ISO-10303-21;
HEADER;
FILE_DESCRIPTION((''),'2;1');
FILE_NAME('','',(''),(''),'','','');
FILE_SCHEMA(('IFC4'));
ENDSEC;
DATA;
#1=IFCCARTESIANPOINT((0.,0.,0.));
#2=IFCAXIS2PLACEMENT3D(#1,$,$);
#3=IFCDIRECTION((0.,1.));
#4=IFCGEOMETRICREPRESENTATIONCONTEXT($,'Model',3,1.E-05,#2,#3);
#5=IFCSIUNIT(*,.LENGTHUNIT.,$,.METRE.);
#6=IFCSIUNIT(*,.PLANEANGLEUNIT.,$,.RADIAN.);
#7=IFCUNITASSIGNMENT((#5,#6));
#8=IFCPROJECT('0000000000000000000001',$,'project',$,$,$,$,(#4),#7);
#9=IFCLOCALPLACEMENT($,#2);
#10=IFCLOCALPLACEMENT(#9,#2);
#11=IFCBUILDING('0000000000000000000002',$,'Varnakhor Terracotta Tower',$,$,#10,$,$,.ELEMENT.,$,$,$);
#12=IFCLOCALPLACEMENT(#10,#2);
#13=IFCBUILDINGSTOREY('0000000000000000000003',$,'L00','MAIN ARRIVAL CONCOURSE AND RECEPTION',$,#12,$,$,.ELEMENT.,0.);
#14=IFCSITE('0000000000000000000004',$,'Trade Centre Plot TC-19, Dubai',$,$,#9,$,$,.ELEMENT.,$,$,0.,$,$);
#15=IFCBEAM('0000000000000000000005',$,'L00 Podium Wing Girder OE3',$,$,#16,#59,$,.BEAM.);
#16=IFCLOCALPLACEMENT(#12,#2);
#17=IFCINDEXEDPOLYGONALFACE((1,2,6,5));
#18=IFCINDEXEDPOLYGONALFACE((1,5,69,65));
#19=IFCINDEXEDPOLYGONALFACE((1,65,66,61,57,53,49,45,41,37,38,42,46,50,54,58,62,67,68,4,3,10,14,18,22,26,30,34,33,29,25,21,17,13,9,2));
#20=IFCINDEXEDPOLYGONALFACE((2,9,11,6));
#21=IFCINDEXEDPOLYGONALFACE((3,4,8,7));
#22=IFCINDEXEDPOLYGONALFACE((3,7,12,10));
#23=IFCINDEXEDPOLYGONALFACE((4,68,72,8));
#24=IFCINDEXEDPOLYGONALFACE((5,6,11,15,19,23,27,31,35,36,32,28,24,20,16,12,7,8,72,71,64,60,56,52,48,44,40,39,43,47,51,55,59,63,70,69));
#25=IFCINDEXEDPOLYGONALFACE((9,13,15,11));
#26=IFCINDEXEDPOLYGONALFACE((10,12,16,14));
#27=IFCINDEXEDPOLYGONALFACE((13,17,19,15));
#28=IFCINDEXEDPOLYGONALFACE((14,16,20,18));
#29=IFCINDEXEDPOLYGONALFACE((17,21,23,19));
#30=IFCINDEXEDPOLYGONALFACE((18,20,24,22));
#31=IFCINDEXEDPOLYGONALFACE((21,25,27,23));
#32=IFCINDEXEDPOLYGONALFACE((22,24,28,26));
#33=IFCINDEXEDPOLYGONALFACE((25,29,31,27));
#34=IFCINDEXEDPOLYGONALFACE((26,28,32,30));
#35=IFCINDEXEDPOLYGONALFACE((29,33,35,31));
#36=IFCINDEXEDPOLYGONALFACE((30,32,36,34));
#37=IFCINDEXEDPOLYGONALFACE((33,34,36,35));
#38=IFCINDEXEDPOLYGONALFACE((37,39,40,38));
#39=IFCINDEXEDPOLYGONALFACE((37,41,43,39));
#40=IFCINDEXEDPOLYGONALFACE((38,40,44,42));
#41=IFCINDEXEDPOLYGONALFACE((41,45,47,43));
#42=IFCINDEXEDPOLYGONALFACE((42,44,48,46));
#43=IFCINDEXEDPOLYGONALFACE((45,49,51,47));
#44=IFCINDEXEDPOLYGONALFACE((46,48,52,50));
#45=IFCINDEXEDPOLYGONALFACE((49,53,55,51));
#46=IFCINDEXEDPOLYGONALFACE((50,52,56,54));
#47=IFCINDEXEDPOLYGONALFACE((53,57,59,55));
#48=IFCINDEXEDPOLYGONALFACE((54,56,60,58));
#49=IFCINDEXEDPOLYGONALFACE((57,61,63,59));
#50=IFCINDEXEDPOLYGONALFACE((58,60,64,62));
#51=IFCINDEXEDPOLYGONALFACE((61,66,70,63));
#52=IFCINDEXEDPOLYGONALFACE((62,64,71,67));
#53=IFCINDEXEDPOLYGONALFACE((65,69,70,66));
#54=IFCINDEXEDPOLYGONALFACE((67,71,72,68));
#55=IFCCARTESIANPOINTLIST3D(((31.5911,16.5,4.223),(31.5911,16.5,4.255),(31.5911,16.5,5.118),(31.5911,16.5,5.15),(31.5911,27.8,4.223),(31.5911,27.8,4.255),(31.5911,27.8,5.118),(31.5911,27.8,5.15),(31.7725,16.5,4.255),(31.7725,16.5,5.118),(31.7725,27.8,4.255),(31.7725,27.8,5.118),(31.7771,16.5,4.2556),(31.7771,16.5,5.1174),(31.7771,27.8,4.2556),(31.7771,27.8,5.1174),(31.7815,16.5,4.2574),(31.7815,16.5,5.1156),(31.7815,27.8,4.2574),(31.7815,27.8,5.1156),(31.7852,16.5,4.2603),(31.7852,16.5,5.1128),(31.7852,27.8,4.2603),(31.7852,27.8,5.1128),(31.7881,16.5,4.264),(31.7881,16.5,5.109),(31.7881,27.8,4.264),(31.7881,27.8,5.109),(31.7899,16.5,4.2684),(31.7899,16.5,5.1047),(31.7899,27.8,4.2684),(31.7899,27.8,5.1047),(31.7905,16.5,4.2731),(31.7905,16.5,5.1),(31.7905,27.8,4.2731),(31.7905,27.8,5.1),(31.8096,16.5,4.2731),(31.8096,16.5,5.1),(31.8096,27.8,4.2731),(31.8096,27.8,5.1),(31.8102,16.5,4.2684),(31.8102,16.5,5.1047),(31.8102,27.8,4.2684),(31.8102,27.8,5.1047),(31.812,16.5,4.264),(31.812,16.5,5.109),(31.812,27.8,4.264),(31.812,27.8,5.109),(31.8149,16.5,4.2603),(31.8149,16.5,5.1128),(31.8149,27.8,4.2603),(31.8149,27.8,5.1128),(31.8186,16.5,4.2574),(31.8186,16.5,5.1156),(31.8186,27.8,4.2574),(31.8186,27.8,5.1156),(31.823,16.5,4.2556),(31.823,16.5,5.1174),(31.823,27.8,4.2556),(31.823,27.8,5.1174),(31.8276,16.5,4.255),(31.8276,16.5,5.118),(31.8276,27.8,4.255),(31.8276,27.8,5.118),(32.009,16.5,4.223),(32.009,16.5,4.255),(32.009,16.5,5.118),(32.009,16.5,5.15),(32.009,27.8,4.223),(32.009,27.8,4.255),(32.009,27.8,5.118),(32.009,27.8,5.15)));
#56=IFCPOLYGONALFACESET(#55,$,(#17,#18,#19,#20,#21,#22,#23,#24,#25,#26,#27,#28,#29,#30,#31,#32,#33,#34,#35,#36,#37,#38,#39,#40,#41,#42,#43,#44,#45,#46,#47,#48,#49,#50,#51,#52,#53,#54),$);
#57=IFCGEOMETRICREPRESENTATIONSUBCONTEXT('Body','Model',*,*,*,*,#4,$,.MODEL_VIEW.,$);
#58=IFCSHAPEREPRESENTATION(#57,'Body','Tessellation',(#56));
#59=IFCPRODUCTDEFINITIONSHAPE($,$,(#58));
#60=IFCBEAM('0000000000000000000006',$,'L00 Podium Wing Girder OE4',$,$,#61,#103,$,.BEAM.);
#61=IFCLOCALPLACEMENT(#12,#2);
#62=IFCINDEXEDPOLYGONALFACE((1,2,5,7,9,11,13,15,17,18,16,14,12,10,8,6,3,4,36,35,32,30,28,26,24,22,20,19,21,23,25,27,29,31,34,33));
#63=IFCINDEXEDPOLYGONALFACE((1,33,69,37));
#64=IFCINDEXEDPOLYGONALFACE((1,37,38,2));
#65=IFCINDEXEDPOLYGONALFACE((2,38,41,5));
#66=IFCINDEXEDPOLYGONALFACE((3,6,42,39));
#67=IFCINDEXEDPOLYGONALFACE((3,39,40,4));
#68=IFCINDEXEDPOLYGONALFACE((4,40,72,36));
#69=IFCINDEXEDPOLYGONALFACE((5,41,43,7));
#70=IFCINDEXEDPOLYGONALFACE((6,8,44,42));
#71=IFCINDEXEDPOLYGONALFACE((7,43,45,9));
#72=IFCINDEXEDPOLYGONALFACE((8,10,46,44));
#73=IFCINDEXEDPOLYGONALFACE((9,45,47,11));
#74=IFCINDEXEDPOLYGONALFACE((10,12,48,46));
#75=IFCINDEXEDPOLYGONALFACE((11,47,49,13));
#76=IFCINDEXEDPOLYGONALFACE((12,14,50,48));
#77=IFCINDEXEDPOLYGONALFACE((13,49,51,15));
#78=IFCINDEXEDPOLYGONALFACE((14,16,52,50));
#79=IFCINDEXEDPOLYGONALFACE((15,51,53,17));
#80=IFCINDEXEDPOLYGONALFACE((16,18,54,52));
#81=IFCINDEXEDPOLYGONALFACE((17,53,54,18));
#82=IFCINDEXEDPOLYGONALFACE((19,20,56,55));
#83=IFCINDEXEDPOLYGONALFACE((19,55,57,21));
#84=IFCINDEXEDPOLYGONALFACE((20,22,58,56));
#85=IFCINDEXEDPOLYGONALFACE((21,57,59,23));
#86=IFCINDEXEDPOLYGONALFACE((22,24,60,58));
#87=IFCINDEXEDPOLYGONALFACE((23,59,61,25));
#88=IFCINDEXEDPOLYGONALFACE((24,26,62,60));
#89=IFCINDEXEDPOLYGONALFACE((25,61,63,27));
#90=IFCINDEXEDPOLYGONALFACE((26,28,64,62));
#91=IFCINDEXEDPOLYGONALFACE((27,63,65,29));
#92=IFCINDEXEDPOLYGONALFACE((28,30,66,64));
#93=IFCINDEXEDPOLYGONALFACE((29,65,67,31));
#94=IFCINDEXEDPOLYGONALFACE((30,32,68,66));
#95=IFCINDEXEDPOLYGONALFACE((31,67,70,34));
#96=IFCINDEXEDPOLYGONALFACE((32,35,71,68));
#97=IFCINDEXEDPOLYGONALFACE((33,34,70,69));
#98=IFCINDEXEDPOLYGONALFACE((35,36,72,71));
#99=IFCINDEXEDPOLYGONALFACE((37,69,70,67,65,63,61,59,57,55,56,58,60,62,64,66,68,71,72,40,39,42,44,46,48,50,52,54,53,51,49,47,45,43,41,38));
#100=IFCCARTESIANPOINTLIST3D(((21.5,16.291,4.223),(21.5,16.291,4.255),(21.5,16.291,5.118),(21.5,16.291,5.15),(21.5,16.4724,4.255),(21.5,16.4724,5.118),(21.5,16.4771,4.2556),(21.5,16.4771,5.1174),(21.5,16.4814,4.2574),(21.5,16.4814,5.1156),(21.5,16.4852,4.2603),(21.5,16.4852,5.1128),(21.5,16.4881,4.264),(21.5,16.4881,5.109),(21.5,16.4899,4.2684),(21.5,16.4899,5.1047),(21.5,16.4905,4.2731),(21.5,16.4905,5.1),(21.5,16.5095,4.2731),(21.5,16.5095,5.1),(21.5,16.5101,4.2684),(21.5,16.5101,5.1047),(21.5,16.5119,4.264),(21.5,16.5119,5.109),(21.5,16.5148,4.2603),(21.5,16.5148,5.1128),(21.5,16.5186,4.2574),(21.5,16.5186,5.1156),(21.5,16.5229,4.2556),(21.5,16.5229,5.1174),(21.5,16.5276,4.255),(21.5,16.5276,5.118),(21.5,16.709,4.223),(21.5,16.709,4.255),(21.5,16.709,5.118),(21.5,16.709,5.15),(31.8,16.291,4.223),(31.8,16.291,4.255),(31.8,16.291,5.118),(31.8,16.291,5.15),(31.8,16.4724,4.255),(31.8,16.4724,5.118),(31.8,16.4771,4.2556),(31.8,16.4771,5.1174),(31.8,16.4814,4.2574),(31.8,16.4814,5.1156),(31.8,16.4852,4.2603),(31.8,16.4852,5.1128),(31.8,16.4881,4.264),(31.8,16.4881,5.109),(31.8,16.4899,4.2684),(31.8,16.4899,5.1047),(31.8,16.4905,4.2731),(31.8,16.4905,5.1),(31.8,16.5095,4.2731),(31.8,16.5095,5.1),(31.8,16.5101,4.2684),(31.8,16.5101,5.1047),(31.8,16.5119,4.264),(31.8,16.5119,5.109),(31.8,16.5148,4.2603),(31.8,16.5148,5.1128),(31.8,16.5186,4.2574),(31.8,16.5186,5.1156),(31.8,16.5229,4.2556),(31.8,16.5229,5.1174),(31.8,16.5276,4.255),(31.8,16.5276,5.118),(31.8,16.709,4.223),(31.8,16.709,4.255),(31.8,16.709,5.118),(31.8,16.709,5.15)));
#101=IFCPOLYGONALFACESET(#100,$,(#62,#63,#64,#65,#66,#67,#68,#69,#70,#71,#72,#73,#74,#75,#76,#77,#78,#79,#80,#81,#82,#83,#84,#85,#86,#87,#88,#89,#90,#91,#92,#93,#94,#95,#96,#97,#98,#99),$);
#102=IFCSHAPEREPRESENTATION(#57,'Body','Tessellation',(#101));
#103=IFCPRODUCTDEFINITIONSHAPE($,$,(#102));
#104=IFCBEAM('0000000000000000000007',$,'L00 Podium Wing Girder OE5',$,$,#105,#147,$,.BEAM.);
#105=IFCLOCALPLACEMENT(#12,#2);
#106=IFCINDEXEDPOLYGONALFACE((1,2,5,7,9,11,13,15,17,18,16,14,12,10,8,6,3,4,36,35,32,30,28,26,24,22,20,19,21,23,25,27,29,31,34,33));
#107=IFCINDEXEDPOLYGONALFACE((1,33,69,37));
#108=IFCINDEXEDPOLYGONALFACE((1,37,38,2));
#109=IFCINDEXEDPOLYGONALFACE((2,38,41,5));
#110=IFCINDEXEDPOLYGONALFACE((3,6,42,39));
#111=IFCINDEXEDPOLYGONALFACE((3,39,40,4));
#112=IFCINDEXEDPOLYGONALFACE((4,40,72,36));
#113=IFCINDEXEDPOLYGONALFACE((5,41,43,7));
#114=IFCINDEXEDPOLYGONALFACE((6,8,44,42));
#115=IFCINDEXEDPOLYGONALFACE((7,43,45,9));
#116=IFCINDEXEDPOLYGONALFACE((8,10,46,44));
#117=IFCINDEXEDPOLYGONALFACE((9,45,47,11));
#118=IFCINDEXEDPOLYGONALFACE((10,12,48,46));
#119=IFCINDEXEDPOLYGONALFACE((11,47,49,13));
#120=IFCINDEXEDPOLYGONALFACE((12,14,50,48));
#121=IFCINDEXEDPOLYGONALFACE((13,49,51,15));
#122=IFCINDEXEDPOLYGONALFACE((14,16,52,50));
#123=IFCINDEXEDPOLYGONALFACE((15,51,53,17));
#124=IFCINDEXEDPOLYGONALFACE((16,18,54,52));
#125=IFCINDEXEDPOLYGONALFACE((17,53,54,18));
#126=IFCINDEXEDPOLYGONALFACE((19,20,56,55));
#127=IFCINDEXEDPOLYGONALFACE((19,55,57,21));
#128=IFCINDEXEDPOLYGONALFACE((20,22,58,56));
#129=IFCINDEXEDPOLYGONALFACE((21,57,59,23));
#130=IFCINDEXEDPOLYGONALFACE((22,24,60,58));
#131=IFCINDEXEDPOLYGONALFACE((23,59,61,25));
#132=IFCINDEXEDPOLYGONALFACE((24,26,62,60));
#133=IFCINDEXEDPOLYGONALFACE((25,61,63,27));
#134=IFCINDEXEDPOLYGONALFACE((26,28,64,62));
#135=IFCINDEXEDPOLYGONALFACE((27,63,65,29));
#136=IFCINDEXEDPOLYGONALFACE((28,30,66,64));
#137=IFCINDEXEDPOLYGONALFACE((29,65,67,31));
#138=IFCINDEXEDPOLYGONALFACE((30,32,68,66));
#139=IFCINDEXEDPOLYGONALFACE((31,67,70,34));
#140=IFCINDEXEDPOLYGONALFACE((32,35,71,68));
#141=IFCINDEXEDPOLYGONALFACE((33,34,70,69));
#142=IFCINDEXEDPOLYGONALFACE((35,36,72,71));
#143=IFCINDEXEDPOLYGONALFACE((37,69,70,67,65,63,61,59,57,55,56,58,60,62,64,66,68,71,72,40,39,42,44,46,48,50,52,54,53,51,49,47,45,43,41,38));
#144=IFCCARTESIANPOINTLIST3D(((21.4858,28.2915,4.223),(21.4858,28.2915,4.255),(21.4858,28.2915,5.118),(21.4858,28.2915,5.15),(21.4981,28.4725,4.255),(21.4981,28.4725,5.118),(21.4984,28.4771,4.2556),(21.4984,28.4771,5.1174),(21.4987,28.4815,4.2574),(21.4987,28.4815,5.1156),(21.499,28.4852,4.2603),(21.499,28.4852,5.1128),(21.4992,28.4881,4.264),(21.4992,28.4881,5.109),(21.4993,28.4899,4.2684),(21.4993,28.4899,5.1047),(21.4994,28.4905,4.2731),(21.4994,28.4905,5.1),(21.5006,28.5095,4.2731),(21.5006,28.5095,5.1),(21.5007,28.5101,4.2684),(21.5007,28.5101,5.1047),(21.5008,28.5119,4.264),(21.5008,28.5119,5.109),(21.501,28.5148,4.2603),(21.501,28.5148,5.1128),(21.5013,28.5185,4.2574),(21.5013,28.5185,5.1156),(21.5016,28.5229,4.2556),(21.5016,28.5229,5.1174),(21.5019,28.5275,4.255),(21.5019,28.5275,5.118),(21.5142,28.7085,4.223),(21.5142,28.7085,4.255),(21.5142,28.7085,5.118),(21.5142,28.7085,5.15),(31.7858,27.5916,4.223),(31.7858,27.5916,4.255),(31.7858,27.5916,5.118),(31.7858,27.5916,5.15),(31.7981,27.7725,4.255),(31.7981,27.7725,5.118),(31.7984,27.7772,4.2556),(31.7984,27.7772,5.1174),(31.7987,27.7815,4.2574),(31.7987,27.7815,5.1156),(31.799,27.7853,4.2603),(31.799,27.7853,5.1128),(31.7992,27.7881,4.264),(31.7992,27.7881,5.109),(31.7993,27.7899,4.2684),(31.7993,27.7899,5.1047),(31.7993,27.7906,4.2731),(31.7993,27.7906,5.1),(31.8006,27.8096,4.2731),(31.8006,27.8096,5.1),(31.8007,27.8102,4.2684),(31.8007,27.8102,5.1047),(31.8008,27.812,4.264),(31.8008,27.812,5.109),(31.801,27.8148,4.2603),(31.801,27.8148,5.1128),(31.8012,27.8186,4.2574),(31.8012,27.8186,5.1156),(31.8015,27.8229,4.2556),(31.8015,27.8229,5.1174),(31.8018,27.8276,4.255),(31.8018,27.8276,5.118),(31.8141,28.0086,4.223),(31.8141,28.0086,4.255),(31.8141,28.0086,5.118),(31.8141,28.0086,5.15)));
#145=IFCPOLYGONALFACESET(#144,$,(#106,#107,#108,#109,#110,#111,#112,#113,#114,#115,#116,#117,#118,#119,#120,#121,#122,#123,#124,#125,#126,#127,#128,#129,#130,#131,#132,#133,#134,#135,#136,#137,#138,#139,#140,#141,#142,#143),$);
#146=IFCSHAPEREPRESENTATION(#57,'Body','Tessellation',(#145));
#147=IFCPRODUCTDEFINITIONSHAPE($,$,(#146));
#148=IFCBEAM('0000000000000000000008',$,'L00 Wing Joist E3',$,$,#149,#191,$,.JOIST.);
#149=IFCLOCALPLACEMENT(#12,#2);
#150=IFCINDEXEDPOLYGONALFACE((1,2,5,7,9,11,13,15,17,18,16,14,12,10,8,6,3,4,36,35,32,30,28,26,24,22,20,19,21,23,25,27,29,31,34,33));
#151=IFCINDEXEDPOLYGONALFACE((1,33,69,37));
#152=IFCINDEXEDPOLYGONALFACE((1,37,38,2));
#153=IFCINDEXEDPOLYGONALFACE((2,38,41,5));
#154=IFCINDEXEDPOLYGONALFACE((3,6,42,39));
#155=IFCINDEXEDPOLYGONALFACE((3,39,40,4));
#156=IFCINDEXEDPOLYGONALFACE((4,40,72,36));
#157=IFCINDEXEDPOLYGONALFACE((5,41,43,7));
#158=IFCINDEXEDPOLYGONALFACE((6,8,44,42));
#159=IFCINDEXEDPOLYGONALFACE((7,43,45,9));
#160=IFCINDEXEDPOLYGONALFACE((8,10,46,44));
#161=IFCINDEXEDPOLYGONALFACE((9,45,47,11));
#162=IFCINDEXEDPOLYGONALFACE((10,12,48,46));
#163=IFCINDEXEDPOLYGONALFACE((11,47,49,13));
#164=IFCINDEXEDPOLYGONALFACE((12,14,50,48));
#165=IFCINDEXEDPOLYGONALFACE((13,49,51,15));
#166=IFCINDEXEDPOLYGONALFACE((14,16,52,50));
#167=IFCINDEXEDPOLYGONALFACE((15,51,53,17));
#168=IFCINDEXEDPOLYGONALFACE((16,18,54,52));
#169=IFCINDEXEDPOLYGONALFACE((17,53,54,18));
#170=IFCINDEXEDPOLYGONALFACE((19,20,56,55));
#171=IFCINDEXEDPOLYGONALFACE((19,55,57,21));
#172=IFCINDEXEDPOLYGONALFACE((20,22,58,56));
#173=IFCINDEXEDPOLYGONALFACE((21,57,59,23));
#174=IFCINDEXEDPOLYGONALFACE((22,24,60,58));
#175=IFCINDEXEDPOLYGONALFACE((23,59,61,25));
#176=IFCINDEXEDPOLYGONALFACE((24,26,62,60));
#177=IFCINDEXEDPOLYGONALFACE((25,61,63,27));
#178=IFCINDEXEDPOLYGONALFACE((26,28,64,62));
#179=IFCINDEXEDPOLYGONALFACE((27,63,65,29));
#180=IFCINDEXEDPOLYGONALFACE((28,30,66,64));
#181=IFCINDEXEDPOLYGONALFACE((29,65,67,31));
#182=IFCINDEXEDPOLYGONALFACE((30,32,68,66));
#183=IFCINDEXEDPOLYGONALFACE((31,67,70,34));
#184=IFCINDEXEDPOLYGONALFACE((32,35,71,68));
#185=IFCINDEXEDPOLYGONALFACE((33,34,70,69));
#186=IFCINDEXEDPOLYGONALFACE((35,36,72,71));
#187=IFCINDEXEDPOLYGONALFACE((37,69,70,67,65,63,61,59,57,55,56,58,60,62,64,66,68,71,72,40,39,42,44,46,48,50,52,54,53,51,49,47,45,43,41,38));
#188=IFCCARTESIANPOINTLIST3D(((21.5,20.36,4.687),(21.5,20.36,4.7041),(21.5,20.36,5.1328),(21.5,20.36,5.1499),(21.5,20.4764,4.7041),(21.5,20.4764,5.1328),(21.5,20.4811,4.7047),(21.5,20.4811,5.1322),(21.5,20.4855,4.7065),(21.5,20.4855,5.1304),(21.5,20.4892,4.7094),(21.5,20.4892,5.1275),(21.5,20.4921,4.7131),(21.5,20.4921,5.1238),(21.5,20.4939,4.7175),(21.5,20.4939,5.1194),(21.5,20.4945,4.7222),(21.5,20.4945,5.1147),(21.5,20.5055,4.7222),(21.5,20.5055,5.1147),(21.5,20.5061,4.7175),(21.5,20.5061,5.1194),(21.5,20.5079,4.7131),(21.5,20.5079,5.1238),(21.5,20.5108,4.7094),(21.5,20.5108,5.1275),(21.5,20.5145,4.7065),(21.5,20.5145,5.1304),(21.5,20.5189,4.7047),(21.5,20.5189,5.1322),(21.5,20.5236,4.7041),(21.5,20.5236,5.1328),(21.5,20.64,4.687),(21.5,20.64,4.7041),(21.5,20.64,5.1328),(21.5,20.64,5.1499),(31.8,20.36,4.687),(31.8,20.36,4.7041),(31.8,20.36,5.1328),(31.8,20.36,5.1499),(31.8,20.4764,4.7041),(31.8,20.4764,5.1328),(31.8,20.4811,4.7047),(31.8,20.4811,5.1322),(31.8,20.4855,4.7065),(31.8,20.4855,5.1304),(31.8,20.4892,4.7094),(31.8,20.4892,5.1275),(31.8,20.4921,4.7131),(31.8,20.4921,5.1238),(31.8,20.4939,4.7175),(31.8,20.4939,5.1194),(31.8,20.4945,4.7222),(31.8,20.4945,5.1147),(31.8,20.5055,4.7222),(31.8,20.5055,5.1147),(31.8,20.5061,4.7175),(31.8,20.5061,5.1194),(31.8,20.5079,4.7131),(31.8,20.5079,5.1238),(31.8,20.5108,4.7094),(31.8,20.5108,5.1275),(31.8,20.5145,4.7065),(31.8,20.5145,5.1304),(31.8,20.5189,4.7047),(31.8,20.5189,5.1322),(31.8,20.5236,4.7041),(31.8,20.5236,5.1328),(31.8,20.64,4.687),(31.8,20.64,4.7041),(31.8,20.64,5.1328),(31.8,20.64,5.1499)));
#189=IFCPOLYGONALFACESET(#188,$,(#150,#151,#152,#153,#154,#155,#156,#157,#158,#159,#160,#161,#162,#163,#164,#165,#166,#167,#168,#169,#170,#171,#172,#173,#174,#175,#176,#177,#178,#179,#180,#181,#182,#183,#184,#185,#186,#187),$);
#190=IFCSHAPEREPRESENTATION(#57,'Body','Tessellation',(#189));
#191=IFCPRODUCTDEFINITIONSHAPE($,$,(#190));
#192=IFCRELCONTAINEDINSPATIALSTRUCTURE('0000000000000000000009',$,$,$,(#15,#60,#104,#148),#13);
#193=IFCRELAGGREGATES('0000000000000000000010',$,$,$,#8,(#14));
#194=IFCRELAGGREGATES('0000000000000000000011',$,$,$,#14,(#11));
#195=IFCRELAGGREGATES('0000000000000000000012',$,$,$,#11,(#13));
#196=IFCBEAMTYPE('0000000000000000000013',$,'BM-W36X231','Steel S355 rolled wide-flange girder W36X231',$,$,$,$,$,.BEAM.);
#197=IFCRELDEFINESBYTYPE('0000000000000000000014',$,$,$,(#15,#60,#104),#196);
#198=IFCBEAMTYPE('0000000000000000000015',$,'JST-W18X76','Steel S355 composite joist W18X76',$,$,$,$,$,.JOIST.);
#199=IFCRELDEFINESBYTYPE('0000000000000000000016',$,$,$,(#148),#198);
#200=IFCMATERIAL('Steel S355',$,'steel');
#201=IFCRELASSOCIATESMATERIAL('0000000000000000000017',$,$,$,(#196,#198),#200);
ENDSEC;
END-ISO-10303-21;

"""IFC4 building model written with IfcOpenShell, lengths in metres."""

from ifc_helpers import new_model, si_unit, direction, frame, origin, origin_2d, place, context, subcontext, project, spatial, i_section, extrude, source, transform, mapped, material, material_profile, profile_set, type_object, element, save


model = new_model("IFC4")

# Units and contexts
model_context = context("Model", 3, precision=1e-05, world=origin(), true_north=direction((0.0, 1.0)))
body_context = subcontext(model_context, "Body", "Model", "MODEL_VIEW")
ifc_project = project(units=[si_unit("LENGTHUNIT", "METRE"), si_unit("PLANEANGLEUNIT", "RADIAN")], contexts=[model_context])

# Site, building, storey
site_placement = place(None, origin())
site = spatial("IfcSite", under=ifc_project, at=site_placement, Name="Trade Centre Plot TC-19, Dubai", CompositionType="ELEMENT", RefElevation=0.0)
building_placement = place(site_placement, origin())
building = spatial("IfcBuilding", under=site, at=building_placement, Name="Varnakhor Terracotta Tower", CompositionType="ELEMENT")
storey_placement = place(building_placement, origin())
storey = spatial("IfcBuildingStorey", under=building, at=storey_placement, Name="L00", Description="MAIN ARRIVAL CONCOURSE AND RECEPTION", CompositionType="ELEMENT", Elevation=0.0)

# Beams
ifc_material_1 = material(Name="Steel S355", Category="steel")
ifc_material_profile_1 = material_profile(ifc_material_1, i_section(OverallWidth=0.418, OverallDepth=0.927, WebThickness=0.019, FlangeThickness=0.032, FilletRadius=0.0181, at=origin_2d()), Name="W36X231")
ifc_profile_set_1 = profile_set([ifc_material_profile_1], Name="Steel S355")
beam_type_1 = type_object("IfcBeamType", Name="BM-W36X231", Description="Steel S355 rolled wide-flange girder W36X231", PredefinedType="BEAM", material=ifc_profile_set_1)
shared_shape_1 = source(origin(), body_context, "Body", "SweptSolid", [
    extrude(i_section(OverallWidth=0.418, OverallDepth=0.927, WebThickness=0.019, FlangeThickness=0.032, FilletRadius=0.0181, at=origin_2d()), origin(), (0.0, 0.0, 1.0), 11.3),
])
beam_1_placement = place(storey_placement, frame((31.8, 16.5, 4.6865), z_axis=(0.0, 1.0, 0.0), x_axis=(-1.0, 0.0, 0.0)))
element("IfcBeam", 1, at=beam_1_placement, inside=storey, type_object=beam_type_1, Name="L00 Podium Wing Girder OE3", PredefinedType="BEAM", context=body_context, shape_type="MappedRepresentation", body=[
    mapped(shared_shape_1, transform((0.0, 0.0, 0.0), scale=1.0)),
])
shared_shape_2 = source(origin(), body_context, "Body", "SweptSolid", [
    extrude(i_section(OverallWidth=0.418, OverallDepth=0.927, WebThickness=0.019, FlangeThickness=0.032, FilletRadius=0.0181, at=origin_2d()), origin(), (0.0, 0.0, 1.0), 10.3),
])
beam_2_placement = place(storey_placement, frame((21.5, 16.5, 4.6865), z_axis=(1.0, 0.0, 0.0), x_axis=(0.0, 1.0, 0.0)))
element("IfcBeam", 2, at=beam_2_placement, inside=storey, type_object=beam_type_1, Name="L00 Podium Wing Girder OE4", PredefinedType="BEAM", context=body_context, shape_type="MappedRepresentation", body=[
    mapped(shared_shape_2, transform((0.0, 0.0, 0.0), scale=1.0)),
])
shared_shape_3 = source(origin(), body_context, "Body", "SweptSolid", [
    extrude(i_section(OverallWidth=0.418, OverallDepth=0.927, WebThickness=0.019, FlangeThickness=0.032, FilletRadius=0.0181, at=origin_2d()), origin(), (0.0, 0.0, 1.0), 10.3237),
])
beam_3_placement = place(storey_placement, frame((21.5, 28.5, 4.6865), z_axis=(0.997699, -0.0678, 0.0), x_axis=(0.0678, 0.997699, 0.0)))
element("IfcBeam", 3, at=beam_3_placement, inside=storey, type_object=beam_type_1, Name="L00 Podium Wing Girder OE5", PredefinedType="BEAM", context=body_context, shape_type="MappedRepresentation", body=[
    mapped(shared_shape_3, transform((0.0, 0.0, 0.0), scale=1.0)),
])
ifc_material_profile_2 = material_profile(ifc_material_1, i_section(OverallWidth=0.28, OverallDepth=0.4629, WebThickness=0.011, FlangeThickness=0.0171, FilletRadius=0.0181, at=origin_2d()), Name="W18X76")
ifc_profile_set_2 = profile_set([ifc_material_profile_2], Name="Steel S355")
beam_type_2 = type_object("IfcBeamType", Name="JST-W18X76", Description="Steel S355 composite joist W18X76", PredefinedType="JOIST", material=ifc_profile_set_2)
shared_shape_4 = source(origin(), body_context, "Body", "SweptSolid", [
    extrude(i_section(OverallWidth=0.28, OverallDepth=0.4629, WebThickness=0.011, FlangeThickness=0.0171, FilletRadius=0.0181, at=origin_2d()), origin(), (0.0, 0.0, 1.0), 10.3),
])
for number, where, z_axis, x_axis, name in (
    (4, (21.5, 20.5, 4.9185), (1.0, 0.0, 0.0), (0.0, 1.0, 0.0), "L00 Wing Joist E3"),
):
    element("IfcBeam", number, at=place(storey_placement, frame(where, z_axis=z_axis, x_axis=x_axis)), inside=storey, type_object=beam_type_2, Name=name, PredefinedType="JOIST", context=body_context, shape_type="MappedRepresentation", body=[
        mapped(shared_shape_4, transform((0.0, 0.0, 0.0), scale=1.0)),
    ])

save(model, "model.ifc")
